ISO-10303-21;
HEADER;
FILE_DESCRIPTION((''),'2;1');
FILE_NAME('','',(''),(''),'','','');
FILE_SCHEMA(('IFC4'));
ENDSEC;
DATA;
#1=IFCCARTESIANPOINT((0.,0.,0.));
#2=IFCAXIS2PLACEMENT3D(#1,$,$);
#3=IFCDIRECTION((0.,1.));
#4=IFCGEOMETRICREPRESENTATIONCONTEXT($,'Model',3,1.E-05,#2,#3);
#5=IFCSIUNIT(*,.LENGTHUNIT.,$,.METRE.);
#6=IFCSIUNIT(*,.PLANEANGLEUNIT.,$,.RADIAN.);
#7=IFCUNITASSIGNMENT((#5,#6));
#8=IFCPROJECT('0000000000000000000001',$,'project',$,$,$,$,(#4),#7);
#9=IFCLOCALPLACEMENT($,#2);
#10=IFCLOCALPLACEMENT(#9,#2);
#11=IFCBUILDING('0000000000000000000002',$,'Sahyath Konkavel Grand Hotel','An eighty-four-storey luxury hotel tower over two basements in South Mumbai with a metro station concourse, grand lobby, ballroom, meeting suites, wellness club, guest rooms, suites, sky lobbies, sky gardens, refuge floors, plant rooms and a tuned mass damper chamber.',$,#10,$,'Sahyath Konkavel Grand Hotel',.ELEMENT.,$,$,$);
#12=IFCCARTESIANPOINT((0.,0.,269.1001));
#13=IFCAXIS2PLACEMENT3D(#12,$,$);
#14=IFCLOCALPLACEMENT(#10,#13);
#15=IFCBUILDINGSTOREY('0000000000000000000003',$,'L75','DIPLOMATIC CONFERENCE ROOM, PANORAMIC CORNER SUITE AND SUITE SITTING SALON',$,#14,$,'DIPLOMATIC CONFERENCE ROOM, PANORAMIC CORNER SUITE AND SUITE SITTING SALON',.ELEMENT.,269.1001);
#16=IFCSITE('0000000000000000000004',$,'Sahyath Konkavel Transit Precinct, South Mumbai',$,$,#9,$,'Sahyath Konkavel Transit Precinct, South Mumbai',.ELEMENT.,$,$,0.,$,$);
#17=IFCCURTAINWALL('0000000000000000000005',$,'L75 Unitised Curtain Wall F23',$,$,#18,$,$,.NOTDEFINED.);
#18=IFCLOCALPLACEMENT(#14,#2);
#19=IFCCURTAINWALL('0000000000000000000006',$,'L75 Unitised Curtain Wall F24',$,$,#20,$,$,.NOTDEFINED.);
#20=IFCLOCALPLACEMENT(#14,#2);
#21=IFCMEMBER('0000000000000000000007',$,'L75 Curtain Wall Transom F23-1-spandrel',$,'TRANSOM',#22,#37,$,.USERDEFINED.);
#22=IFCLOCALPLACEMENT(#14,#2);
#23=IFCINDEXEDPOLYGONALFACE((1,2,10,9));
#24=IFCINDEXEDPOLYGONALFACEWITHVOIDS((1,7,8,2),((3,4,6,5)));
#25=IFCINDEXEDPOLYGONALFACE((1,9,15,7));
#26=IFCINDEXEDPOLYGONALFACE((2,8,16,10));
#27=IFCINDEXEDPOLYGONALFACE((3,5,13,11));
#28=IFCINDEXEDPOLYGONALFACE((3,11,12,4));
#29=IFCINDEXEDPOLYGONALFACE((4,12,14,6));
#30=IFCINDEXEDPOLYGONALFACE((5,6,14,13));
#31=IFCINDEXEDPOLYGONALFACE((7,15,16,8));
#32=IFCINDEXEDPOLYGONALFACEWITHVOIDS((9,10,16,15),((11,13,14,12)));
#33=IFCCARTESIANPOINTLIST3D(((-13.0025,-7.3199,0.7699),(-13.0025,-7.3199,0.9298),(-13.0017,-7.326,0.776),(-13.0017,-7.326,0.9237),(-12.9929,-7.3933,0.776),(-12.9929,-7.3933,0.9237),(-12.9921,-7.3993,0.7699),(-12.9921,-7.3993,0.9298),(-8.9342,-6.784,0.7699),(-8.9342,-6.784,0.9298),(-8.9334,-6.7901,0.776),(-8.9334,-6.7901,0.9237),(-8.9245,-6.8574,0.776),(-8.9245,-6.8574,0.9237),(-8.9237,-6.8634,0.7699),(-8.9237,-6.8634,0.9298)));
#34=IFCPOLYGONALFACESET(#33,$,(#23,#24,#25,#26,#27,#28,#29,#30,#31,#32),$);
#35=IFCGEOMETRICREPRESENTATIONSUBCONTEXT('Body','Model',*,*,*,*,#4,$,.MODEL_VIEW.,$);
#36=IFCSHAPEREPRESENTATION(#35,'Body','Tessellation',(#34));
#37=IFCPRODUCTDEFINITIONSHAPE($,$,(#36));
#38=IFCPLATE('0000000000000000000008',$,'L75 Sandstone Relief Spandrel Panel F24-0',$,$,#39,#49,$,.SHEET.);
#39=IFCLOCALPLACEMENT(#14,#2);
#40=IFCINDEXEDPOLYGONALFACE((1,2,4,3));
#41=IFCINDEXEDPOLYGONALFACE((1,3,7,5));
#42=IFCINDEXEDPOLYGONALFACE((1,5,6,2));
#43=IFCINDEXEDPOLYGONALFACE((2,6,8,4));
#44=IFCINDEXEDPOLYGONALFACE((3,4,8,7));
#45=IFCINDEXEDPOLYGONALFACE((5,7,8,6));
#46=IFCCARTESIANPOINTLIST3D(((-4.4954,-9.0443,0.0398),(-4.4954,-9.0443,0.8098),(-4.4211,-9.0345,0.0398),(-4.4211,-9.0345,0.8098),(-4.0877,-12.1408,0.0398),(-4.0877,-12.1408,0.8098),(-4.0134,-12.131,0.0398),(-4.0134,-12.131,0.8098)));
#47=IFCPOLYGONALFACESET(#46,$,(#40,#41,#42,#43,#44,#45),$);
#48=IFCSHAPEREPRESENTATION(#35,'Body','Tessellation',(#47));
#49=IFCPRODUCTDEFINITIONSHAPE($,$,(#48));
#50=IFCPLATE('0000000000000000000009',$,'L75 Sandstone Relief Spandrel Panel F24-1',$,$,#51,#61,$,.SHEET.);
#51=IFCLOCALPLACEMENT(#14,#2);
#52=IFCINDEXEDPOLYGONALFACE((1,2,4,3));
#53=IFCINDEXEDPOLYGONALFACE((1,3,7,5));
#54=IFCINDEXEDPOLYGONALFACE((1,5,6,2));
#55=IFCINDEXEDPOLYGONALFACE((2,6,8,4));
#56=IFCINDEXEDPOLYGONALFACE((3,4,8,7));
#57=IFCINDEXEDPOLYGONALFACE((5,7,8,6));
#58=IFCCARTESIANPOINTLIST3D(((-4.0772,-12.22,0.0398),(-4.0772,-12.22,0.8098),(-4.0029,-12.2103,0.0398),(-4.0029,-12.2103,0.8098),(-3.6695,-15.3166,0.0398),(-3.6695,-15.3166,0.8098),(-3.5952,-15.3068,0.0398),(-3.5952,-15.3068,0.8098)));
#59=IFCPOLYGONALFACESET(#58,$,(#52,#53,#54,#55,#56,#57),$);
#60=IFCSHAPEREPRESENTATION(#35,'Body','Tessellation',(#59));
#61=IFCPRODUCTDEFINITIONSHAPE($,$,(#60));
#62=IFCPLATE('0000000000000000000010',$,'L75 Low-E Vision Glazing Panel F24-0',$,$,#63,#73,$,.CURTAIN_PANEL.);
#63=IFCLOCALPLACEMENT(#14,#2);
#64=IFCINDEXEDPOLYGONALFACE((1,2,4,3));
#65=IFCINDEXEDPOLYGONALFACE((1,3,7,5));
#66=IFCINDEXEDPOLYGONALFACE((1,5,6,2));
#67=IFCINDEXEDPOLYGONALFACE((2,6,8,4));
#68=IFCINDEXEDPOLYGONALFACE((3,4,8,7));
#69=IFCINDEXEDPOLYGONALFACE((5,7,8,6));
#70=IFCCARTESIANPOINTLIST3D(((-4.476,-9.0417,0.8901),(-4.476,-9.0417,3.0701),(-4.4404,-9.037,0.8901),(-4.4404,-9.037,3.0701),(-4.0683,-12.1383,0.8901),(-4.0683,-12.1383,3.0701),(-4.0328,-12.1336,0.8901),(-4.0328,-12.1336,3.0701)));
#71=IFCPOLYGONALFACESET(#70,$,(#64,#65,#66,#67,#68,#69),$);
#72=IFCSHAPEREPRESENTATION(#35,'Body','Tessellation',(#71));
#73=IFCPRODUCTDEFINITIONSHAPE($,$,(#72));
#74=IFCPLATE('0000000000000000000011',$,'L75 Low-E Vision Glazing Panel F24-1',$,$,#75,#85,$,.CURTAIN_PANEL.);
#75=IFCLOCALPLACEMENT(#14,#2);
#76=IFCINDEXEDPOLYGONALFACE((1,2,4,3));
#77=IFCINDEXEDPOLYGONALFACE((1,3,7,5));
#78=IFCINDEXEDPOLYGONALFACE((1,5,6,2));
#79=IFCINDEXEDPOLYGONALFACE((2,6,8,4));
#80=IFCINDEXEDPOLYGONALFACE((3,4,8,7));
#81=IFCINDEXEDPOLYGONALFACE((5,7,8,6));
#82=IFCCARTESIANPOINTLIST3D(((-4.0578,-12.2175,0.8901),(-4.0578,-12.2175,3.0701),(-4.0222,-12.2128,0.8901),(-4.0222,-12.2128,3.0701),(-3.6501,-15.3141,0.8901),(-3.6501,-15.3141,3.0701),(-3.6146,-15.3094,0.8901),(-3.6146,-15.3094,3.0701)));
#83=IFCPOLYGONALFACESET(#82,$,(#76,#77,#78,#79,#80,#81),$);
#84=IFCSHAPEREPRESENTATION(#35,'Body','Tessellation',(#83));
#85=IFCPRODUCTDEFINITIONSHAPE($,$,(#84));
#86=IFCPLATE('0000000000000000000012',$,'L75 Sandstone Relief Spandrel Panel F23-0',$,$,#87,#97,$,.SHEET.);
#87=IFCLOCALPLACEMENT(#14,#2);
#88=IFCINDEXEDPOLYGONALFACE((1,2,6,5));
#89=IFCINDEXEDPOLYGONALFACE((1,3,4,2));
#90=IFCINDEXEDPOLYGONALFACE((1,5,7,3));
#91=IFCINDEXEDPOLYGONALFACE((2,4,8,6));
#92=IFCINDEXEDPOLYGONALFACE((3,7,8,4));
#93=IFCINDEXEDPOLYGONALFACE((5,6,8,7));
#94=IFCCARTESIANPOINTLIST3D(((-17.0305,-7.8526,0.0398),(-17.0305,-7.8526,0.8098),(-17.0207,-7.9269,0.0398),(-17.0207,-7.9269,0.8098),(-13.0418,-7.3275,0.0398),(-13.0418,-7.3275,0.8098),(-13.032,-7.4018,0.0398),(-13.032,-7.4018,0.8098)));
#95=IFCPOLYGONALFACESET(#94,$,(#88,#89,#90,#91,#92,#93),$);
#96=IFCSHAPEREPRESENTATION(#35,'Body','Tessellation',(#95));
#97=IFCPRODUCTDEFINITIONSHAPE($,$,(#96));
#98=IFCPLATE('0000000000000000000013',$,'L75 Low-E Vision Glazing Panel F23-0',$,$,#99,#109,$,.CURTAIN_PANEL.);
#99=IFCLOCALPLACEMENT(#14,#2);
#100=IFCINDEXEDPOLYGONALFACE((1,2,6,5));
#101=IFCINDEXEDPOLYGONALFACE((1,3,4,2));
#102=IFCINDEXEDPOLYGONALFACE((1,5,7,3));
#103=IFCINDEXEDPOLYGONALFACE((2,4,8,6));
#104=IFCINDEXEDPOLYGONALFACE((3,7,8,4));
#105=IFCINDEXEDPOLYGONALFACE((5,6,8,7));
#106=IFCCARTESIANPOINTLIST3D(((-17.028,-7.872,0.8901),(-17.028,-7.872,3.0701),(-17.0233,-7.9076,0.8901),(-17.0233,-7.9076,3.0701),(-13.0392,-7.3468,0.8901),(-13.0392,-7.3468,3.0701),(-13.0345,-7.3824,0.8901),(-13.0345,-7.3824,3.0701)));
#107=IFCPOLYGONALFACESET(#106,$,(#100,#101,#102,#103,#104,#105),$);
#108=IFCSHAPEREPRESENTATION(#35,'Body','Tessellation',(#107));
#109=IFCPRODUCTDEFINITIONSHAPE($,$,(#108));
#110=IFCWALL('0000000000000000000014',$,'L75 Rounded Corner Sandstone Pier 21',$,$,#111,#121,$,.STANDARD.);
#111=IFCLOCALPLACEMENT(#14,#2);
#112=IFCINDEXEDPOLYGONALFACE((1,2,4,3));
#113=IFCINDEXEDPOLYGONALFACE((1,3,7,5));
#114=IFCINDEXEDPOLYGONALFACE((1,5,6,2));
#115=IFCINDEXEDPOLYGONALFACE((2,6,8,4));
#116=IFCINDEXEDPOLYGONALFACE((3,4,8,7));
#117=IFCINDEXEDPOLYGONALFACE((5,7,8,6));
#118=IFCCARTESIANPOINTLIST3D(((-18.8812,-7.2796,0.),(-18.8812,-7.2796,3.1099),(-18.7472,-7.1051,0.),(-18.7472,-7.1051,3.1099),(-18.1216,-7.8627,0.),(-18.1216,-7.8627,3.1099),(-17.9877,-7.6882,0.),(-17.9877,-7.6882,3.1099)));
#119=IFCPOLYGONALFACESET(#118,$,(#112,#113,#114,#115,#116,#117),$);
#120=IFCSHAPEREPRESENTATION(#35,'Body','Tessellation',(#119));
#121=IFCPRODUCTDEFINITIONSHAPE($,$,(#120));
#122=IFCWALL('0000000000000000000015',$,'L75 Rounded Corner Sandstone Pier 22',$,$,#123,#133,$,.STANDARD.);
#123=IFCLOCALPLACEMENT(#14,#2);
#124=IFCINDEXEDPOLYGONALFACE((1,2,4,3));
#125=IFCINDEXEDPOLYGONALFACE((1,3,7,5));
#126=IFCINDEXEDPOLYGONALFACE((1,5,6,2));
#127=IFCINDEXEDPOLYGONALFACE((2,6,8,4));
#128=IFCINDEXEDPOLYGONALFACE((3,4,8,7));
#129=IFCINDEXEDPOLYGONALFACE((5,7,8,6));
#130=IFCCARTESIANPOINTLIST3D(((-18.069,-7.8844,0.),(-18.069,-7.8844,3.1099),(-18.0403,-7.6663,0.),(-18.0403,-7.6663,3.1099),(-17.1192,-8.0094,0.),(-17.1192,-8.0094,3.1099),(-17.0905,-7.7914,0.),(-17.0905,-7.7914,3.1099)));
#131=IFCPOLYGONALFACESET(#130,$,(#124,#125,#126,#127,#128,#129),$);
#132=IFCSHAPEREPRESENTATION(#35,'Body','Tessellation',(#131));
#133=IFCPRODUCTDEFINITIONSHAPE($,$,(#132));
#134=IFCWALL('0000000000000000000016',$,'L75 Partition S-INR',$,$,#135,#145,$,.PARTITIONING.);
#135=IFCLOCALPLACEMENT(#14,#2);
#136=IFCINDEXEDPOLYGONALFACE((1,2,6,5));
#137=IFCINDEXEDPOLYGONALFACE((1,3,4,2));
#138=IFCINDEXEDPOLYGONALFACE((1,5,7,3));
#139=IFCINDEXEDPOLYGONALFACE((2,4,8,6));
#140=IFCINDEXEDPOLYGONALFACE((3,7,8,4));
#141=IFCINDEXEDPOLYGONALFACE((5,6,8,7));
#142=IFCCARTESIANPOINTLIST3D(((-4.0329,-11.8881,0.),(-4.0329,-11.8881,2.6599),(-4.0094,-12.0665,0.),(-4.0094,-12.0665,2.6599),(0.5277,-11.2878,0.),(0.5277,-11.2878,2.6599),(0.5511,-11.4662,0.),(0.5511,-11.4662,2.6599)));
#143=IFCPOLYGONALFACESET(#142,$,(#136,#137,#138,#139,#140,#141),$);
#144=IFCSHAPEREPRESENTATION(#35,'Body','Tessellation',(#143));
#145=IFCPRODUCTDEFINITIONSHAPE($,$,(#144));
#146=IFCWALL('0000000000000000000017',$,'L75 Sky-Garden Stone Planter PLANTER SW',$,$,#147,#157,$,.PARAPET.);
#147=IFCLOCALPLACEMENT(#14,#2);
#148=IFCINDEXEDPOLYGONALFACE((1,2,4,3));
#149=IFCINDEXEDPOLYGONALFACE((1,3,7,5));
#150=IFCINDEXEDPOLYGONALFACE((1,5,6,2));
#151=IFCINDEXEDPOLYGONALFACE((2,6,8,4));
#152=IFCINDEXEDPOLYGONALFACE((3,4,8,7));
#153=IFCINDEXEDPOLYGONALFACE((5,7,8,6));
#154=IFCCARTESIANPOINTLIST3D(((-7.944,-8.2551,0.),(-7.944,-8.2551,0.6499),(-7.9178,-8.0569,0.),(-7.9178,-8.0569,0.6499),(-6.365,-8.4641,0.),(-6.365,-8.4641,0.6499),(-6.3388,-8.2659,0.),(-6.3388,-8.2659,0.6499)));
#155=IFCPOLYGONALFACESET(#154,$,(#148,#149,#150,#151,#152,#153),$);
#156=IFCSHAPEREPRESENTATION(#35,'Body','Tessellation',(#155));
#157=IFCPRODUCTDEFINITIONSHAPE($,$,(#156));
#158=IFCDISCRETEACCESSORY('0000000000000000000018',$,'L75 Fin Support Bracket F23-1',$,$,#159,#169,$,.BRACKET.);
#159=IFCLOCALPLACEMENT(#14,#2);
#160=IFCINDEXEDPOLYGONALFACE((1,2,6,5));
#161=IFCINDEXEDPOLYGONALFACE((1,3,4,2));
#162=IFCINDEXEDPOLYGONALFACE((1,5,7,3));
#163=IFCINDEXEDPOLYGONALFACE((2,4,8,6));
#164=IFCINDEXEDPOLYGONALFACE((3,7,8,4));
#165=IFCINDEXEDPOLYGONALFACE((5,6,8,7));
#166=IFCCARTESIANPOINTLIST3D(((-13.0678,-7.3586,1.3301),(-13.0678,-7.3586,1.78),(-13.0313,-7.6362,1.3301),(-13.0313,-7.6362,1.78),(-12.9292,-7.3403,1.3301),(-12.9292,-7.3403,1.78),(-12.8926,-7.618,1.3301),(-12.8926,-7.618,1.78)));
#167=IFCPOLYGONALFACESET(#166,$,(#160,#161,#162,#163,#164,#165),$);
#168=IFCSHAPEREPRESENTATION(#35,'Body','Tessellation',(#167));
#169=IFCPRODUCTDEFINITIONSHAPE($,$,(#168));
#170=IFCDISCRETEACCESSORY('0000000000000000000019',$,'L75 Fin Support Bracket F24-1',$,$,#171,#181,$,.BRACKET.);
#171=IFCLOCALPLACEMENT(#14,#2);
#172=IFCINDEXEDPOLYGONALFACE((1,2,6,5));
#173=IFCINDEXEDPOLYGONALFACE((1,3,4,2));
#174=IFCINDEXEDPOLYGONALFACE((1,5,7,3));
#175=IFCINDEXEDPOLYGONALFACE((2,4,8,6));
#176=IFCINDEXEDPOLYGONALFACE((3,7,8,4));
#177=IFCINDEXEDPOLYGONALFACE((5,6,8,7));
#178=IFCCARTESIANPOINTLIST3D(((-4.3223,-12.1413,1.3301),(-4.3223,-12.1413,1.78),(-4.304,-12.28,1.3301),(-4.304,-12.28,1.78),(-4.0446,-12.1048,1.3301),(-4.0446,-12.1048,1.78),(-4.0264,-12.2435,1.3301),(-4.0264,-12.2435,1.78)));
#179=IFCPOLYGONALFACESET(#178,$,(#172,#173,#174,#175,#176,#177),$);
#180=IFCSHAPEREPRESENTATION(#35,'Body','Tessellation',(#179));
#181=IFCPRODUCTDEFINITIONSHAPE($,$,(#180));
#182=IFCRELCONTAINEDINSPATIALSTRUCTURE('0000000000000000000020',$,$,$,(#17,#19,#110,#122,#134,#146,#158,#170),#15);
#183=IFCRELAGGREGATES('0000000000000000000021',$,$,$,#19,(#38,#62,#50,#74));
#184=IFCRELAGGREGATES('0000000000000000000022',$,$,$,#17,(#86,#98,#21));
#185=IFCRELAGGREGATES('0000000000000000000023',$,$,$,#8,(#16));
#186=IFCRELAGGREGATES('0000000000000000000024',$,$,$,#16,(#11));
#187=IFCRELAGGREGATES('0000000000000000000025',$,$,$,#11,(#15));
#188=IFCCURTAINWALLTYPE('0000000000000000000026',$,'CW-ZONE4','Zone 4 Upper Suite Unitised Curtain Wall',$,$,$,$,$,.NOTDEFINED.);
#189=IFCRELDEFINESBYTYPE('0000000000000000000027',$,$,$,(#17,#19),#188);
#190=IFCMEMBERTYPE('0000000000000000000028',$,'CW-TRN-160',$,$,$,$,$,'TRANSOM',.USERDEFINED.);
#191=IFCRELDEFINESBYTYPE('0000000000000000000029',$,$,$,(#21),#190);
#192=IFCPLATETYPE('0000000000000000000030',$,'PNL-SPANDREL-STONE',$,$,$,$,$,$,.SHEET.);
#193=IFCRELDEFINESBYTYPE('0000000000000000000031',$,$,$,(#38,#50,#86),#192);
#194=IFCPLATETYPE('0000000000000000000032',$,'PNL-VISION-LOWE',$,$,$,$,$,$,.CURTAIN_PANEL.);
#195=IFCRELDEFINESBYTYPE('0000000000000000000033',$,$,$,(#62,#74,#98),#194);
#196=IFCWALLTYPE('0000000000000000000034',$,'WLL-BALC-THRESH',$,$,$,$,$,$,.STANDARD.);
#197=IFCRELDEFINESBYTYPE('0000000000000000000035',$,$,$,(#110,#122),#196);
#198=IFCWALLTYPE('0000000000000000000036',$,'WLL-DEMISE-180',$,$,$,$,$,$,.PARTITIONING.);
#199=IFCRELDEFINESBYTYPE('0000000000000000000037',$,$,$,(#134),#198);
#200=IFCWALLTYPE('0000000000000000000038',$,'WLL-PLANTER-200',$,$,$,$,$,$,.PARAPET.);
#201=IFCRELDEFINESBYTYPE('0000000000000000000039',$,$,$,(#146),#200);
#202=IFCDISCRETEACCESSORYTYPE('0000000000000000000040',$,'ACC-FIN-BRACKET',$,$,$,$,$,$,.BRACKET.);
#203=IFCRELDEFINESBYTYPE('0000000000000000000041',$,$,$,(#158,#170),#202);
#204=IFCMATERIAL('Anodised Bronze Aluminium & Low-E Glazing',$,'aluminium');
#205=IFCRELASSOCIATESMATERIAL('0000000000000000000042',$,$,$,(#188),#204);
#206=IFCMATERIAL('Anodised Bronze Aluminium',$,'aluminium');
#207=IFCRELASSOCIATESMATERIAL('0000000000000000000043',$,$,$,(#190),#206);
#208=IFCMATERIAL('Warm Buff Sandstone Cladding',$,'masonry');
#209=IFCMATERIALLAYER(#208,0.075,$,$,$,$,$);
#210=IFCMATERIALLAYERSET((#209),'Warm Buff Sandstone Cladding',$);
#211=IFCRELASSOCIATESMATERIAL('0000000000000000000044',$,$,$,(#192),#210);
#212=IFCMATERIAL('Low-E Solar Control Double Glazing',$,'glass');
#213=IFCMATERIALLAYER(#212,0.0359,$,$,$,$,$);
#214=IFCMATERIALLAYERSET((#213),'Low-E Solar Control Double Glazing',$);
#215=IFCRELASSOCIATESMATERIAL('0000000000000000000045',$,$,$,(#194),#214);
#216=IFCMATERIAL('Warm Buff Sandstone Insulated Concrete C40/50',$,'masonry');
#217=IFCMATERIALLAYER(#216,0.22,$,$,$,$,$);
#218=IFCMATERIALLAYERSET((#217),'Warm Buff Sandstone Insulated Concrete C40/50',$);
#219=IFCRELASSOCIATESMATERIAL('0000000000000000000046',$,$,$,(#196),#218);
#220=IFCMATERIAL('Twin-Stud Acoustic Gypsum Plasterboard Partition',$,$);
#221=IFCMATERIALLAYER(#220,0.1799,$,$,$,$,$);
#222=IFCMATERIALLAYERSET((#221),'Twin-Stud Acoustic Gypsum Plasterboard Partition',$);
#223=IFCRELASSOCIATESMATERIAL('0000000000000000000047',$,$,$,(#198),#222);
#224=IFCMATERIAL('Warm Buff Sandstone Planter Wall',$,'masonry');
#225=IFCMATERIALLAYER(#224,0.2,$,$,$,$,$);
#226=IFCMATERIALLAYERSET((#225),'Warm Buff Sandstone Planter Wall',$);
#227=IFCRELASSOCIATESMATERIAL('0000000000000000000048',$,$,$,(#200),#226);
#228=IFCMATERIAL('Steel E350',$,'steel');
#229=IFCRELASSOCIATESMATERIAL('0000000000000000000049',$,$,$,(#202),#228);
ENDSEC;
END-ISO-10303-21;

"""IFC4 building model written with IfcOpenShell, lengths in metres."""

from ifc_helpers import new_model, si_unit, direction, frame, frame_2d, origin, origin_2d, place, context, subcontext, project, spatial, rectangle, hollow_rectangle, extrude, source, transform, mapped, material, layer, layer_set, material_profile, profile_set, type_object, element, aggregate, save


model = new_model("IFC4")

# Units and contexts
model_context = context("Model", 3, precision=1e-05, world=origin(), true_north=direction((0.0, 1.0)))
body_context = subcontext(model_context, "Body", "Model", "MODEL_VIEW")
ifc_project = project(units=[si_unit("LENGTHUNIT", "METRE"), si_unit("PLANEANGLEUNIT", "RADIAN")], contexts=[model_context])

# Site, building, storey
site_placement = place(None, origin())
site = spatial("IfcSite", under=ifc_project, at=site_placement, Name="Sahyath Konkavel Transit Precinct, South Mumbai", LongName="Sahyath Konkavel Transit Precinct, South Mumbai", CompositionType="ELEMENT", RefElevation=0.0)
building_placement = place(site_placement, origin())
building = spatial("IfcBuilding", under=site, at=building_placement, Name="Sahyath Konkavel Grand Hotel", Description="An eighty-four-storey luxury hotel tower over two basements in South Mumbai with a metro station concourse, grand lobby, ballroom, meeting suites, wellness club, guest rooms, suites, sky lobbies, sky gardens, refuge floors, plant rooms and a tuned mass damper chamber.", LongName="Sahyath Konkavel Grand Hotel", CompositionType="ELEMENT")
storey_placement = place(building_placement, frame((0.0, 0.0, 269.1001)))
storey = spatial("IfcBuildingStorey", under=building, at=storey_placement, Name="L75", Description="DIPLOMATIC CONFERENCE ROOM, PANORAMIC CORNER SUITE AND SUITE SITTING SALON", LongName="DIPLOMATIC CONFERENCE ROOM, PANORAMIC CORNER SUITE AND SUITE SITTING SALON", CompositionType="ELEMENT", Elevation=269.1001)

# Shared definitions
ifc_material_1 = material(Name="Anodised Bronze Aluminium & Low-E Glazing", Category="aluminium")
curtain_wall_type = type_object("IfcCurtainWallType", Name="CW-ZONE4", Description="Zone 4 Upper Suite Unitised Curtain Wall", PredefinedType="NOTDEFINED", material=ifc_material_1)
ifc_material_2 = material(Name="Anodised Bronze Aluminium", Category="aluminium")

# Curtain walls
curtain_wall_1_placement = place(storey_placement, origin())
curtain_wall_1 = element("IfcCurtainWall", 1, at=curtain_wall_1_placement, inside=storey, type_object=curtain_wall_type, Name="L75 Unitised Curtain Wall F23", PredefinedType="NOTDEFINED")
curtain_wall_2_placement = place(storey_placement, origin())
curtain_wall_2 = element("IfcCurtainWall", 2, at=curtain_wall_2_placement, inside=storey, type_object=curtain_wall_type, Name="L75 Unitised Curtain Wall F24", PredefinedType="NOTDEFINED")

# Member
ifc_material_profile_1 = material_profile(ifc_material_2, hollow_rectangle(XDim=0.0801, YDim=0.1599, WallThickness=0.0061, at=origin_2d()), Name="RHS 160x80x6")
ifc_profile_set_1 = profile_set([ifc_material_profile_1], Name="Anodised Bronze Aluminium")
member_type_1 = type_object("IfcMemberType", Name="CW-TRN-160", ElementType="TRANSOM", PredefinedType="USERDEFINED", material=ifc_profile_set_1)
shared_shape_1 = source(origin(), body_context, "Body", "SweptSolid", [
    extrude(hollow_rectangle(XDim=0.0801, YDim=0.1599, WallThickness=0.0061, at=origin_2d()), origin(), (0.0, 0.0, 1.0), 4.1035),
])
member_1_placement = place(storey_placement, frame((-12.9973, -7.3596, 0.8499), z_axis=(0.991436, 0.130593, 0.0), x_axis=(-0.130593, 0.991436, 0.0)))
member_1 = element("IfcMember", 3, at=member_1_placement, type_object=member_type_1, Name="L75 Curtain Wall Transom F23-1-spandrel", ObjectType="TRANSOM", PredefinedType="USERDEFINED", context=body_context, shape_type="MappedRepresentation", body=[
    mapped(shared_shape_1, transform((0.0, 0.0, 0.0), scale=1.0)),
])

# Plates
ifc_material_3 = material(Name="Warm Buff Sandstone Cladding", Category="masonry")
ifc_layer_1 = layer(ifc_material_3, 0.075)
ifc_layer_set_1 = layer_set([ifc_layer_1], Name="Warm Buff Sandstone Cladding")
plate_type_1 = type_object("IfcPlateType", Name="PNL-SPANDREL-STONE", PredefinedType="SHEET", material=ifc_layer_set_1)
shared_shape_2 = source(origin(), body_context, "Body", "SweptSolid", [
    extrude(rectangle(XDim=3.1233, YDim=0.075, at=origin_2d()), origin(), (0.0, 0.0, 1.0), 0.77),
])
plate_1_placement = place(storey_placement, frame((-4.2544, -10.5876, 0.0398), z_axis=(0.0, 0.0, 1.0), x_axis=(0.130526, -0.991445, 0.0)))
plate_1 = element("IfcPlate", 4, at=plate_1_placement, type_object=plate_type_1, Name="L75 Sandstone Relief Spandrel Panel F24-0", PredefinedType="SHEET", context=body_context, shape_type="MappedRepresentation", body=[
    mapped(shared_shape_2, transform((0.0, 0.0, 0.0), scale=1.0)),
])
plate_2_placement = place(storey_placement, frame((-3.8362, -13.7634, 0.0398), z_axis=(0.0, 0.0, 1.0), x_axis=(0.130526, -0.991445, 0.0)))
plate_2 = element("IfcPlate", 5, at=plate_2_placement, type_object=plate_type_1, Name="L75 Sandstone Relief Spandrel Panel F24-1", PredefinedType="SHEET", context=body_context, shape_type="MappedRepresentation", body=[
    mapped(shared_shape_2, transform((0.0, 0.0, 0.0), scale=1.0)),
])
ifc_material_4 = material(Name="Low-E Solar Control Double Glazing", Category="glass")
ifc_layer_2 = layer(ifc_material_4, 0.0359)
ifc_layer_set_2 = layer_set([ifc_layer_2], Name="Low-E Solar Control Double Glazing")
plate_type_2 = type_object("IfcPlateType", Name="PNL-VISION-LOWE", PredefinedType="CURTAIN_PANEL", material=ifc_layer_set_2)
shared_shape_3 = source(origin(), body_context, "Body", "SweptSolid", [
    extrude(rectangle(XDim=3.1233, YDim=0.0359, at=origin_2d()), origin(), (0.0, 0.0, 1.0), 2.1799),
])
plate_3_placement = place(storey_placement, frame((-4.2544, -10.5876, 0.8901), z_axis=(0.0, 0.0, 1.0), x_axis=(0.130526, -0.991445, 0.0)))
plate_3 = element("IfcPlate", 6, at=plate_3_placement, type_object=plate_type_2, Name="L75 Low-E Vision Glazing Panel F24-0", PredefinedType="CURTAIN_PANEL", context=body_context, shape_type="MappedRepresentation", body=[
    mapped(shared_shape_3, transform((0.0, 0.0, 0.0), scale=1.0)),
])
plate_4_placement = place(storey_placement, frame((-3.8362, -13.7634, 0.8901), z_axis=(0.0, 0.0, 1.0), x_axis=(0.130526, -0.991445, 0.0)))
plate_4 = element("IfcPlate", 7, at=plate_4_placement, type_object=plate_type_2, Name="L75 Low-E Vision Glazing Panel F24-1", PredefinedType="CURTAIN_PANEL", context=body_context, shape_type="MappedRepresentation", body=[
    mapped(shared_shape_3, transform((0.0, 0.0, 0.0), scale=1.0)),
])
aggregate(curtain_wall_2, [plate_1, plate_3, plate_2, plate_4])
shared_shape_4 = source(origin(), body_context, "Body", "SweptSolid", [
    extrude(rectangle(XDim=4.0232, YDim=0.075, at=origin_2d()), origin(), (0.0, 0.0, 1.0), 0.77),
])
plate_5_placement = place(storey_placement, frame((-15.0312, -7.6272, 0.0398), z_axis=(0.0, 0.0, 1.0), x_axis=(0.991445, 0.130526, 0.0)))
plate_5 = element("IfcPlate", 8, at=plate_5_placement, type_object=plate_type_1, Name="L75 Sandstone Relief Spandrel Panel F23-0", PredefinedType="SHEET", context=body_context, shape_type="MappedRepresentation", body=[
    mapped(shared_shape_4, transform((0.0, 0.0, 0.0), scale=1.0)),
])
shared_shape_5 = source(origin(), body_context, "Body", "SweptSolid", [
    extrude(rectangle(XDim=4.0232, YDim=0.0359, at=origin_2d()), origin(), (0.0, 0.0, 1.0), 2.1799),
])
plate_6_placement = place(storey_placement, frame((-15.0312, -7.6272, 0.8901), z_axis=(0.0, 0.0, 1.0), x_axis=(0.991445, 0.130526, 0.0)))
plate_6 = element("IfcPlate", 9, at=plate_6_placement, type_object=plate_type_2, Name="L75 Low-E Vision Glazing Panel F23-0", PredefinedType="CURTAIN_PANEL", context=body_context, shape_type="MappedRepresentation", body=[
    mapped(shared_shape_5, transform((0.0, 0.0, 0.0), scale=1.0)),
])
aggregate(curtain_wall_1, [plate_5, plate_6, member_1])

# Walls
ifc_material_5 = material(Name="Warm Buff Sandstone Insulated Concrete C40/50", Category="masonry")
ifc_layer_3 = layer(ifc_material_5, 0.22)
ifc_layer_set_3 = layer_set([ifc_layer_3], Name="Warm Buff Sandstone Insulated Concrete C40/50")
wall_type_1 = type_object("IfcWallType", Name="WLL-BALC-THRESH", PredefinedType="STANDARD", material=ifc_layer_set_3)
wall_1_placement = place(storey_placement, frame((-18.8142, -7.1924, 0.0), z_axis=(0.0, 0.0, 1.0), x_axis=(0.793249, -0.608897, 0.0)))
element("IfcWall", 10, at=wall_1_placement, inside=storey, type_object=wall_type_1, Name="L75 Rounded Corner Sandstone Pier 21", PredefinedType="STANDARD", context=body_context, shape_type="SweptSolid", body=[
    extrude(rectangle(XDim=0.9575, YDim=0.22, at=frame_2d((0.4788, 0.0))), origin(), (0.0, 0.0, 1.0), 3.1099),
])
wall_2_placement = place(storey_placement, frame((-18.0547, -7.7754, 0.0), z_axis=(0.0, 0.0, 1.0), x_axis=(0.991449, -0.130494, 0.0)))
element("IfcWall", 11, at=wall_2_placement, inside=storey, type_object=wall_type_1, Name="L75 Rounded Corner Sandstone Pier 22", PredefinedType="STANDARD", context=body_context, shape_type="SweptSolid", body=[
    extrude(rectangle(XDim=0.958, YDim=0.22, at=frame_2d((0.479, 0.0))), origin(), (0.0, 0.0, 1.0), 3.1099),
])
ifc_material_6 = material(Name="Twin-Stud Acoustic Gypsum Plasterboard Partition")
ifc_layer_4 = layer(ifc_material_6, 0.1799)
ifc_layer_set_4 = layer_set([ifc_layer_4], Name="Twin-Stud Acoustic Gypsum Plasterboard Partition")
wall_type_2 = type_object("IfcWallType", Name="WLL-DEMISE-180", PredefinedType="PARTITIONING", material=ifc_layer_set_4)
wall_3_placement = place(storey_placement, frame((-4.021, -11.9773, 0.0), z_axis=(0.0, 0.0, 1.0), x_axis=(0.991447, 0.130512, 0.0)))
element("IfcWall", 12, at=wall_3_placement, inside=storey, type_object=wall_type_2, Name="L75 Partition S-INR", PredefinedType="PARTITIONING", context=body_context, shape_type="SweptSolid", body=[
    extrude(rectangle(XDim=4.5999, YDim=0.1799, at=frame_2d((2.2998, 0.0))), origin(), (0.0, 0.0, 1.0), 2.6599),
])
ifc_material_7 = material(Name="Warm Buff Sandstone Planter Wall", Category="masonry")
ifc_layer_5 = layer(ifc_material_7, 0.2)
ifc_layer_set_5 = layer_set([ifc_layer_5], Name="Warm Buff Sandstone Planter Wall")
wall_type_3 = type_object("IfcWallType", Name="WLL-PLANTER-200", PredefinedType="PARAPET", material=ifc_layer_set_5)
wall_4_placement = place(storey_placement, frame((-7.9309, -8.156, 0.0), z_axis=(0.0, 0.0, 1.0), x_axis=(0.991356, -0.1312, 0.0)))
element("IfcWall", 13, at=wall_4_placement, inside=storey, type_object=wall_type_3, Name="L75 Sky-Garden Stone Planter PLANTER SW", PredefinedType="PARAPET", context=body_context, shape_type="SweptSolid", body=[
    extrude(rectangle(XDim=1.5928, YDim=0.2, at=frame_2d((0.7964, 0.0))), origin(), (0.0, 0.0, 1.0), 0.6499),
])

# Discrete accessories
ifc_material_8 = material(Name="Steel E350", Category="steel")
discrete_accessory_type = type_object("IfcDiscreteAccessoryType", Name="ACC-FIN-BRACKET", PredefinedType="BRACKET", material=ifc_material_8)
shared_shape_6 = source(origin(), body_context, "Body", "SweptSolid", [
    extrude(rectangle(XDim=0.28, YDim=0.1399, at=origin_2d()), origin(), (0.0, 0.0, 1.0), 0.45),
])
for number, where, z_axis, x_axis, name in (
    (14, (-12.9802, -7.4883, 1.3301), (0.0, 0.0, 1.0), (0.130526, -0.991445, 0.0), "L75 Fin Support Bracket F23-1"),
    (15, (-4.1743, -12.1924, 1.3301), (0.0, 0.0, 1.0), (-0.991445, -0.130526, 0.0), "L75 Fin Support Bracket F24-1"),
):
    element("IfcDiscreteAccessory", number, at=place(storey_placement, frame(where, z_axis=z_axis, x_axis=x_axis)), inside=storey, type_object=discrete_accessory_type, Name=name, PredefinedType="BRACKET", context=body_context, shape_type="MappedRepresentation", body=[
        mapped(shared_shape_6, transform((0.0, 0.0, 0.0), scale=1.0)),
    ])

save(model, "model.ifc")
